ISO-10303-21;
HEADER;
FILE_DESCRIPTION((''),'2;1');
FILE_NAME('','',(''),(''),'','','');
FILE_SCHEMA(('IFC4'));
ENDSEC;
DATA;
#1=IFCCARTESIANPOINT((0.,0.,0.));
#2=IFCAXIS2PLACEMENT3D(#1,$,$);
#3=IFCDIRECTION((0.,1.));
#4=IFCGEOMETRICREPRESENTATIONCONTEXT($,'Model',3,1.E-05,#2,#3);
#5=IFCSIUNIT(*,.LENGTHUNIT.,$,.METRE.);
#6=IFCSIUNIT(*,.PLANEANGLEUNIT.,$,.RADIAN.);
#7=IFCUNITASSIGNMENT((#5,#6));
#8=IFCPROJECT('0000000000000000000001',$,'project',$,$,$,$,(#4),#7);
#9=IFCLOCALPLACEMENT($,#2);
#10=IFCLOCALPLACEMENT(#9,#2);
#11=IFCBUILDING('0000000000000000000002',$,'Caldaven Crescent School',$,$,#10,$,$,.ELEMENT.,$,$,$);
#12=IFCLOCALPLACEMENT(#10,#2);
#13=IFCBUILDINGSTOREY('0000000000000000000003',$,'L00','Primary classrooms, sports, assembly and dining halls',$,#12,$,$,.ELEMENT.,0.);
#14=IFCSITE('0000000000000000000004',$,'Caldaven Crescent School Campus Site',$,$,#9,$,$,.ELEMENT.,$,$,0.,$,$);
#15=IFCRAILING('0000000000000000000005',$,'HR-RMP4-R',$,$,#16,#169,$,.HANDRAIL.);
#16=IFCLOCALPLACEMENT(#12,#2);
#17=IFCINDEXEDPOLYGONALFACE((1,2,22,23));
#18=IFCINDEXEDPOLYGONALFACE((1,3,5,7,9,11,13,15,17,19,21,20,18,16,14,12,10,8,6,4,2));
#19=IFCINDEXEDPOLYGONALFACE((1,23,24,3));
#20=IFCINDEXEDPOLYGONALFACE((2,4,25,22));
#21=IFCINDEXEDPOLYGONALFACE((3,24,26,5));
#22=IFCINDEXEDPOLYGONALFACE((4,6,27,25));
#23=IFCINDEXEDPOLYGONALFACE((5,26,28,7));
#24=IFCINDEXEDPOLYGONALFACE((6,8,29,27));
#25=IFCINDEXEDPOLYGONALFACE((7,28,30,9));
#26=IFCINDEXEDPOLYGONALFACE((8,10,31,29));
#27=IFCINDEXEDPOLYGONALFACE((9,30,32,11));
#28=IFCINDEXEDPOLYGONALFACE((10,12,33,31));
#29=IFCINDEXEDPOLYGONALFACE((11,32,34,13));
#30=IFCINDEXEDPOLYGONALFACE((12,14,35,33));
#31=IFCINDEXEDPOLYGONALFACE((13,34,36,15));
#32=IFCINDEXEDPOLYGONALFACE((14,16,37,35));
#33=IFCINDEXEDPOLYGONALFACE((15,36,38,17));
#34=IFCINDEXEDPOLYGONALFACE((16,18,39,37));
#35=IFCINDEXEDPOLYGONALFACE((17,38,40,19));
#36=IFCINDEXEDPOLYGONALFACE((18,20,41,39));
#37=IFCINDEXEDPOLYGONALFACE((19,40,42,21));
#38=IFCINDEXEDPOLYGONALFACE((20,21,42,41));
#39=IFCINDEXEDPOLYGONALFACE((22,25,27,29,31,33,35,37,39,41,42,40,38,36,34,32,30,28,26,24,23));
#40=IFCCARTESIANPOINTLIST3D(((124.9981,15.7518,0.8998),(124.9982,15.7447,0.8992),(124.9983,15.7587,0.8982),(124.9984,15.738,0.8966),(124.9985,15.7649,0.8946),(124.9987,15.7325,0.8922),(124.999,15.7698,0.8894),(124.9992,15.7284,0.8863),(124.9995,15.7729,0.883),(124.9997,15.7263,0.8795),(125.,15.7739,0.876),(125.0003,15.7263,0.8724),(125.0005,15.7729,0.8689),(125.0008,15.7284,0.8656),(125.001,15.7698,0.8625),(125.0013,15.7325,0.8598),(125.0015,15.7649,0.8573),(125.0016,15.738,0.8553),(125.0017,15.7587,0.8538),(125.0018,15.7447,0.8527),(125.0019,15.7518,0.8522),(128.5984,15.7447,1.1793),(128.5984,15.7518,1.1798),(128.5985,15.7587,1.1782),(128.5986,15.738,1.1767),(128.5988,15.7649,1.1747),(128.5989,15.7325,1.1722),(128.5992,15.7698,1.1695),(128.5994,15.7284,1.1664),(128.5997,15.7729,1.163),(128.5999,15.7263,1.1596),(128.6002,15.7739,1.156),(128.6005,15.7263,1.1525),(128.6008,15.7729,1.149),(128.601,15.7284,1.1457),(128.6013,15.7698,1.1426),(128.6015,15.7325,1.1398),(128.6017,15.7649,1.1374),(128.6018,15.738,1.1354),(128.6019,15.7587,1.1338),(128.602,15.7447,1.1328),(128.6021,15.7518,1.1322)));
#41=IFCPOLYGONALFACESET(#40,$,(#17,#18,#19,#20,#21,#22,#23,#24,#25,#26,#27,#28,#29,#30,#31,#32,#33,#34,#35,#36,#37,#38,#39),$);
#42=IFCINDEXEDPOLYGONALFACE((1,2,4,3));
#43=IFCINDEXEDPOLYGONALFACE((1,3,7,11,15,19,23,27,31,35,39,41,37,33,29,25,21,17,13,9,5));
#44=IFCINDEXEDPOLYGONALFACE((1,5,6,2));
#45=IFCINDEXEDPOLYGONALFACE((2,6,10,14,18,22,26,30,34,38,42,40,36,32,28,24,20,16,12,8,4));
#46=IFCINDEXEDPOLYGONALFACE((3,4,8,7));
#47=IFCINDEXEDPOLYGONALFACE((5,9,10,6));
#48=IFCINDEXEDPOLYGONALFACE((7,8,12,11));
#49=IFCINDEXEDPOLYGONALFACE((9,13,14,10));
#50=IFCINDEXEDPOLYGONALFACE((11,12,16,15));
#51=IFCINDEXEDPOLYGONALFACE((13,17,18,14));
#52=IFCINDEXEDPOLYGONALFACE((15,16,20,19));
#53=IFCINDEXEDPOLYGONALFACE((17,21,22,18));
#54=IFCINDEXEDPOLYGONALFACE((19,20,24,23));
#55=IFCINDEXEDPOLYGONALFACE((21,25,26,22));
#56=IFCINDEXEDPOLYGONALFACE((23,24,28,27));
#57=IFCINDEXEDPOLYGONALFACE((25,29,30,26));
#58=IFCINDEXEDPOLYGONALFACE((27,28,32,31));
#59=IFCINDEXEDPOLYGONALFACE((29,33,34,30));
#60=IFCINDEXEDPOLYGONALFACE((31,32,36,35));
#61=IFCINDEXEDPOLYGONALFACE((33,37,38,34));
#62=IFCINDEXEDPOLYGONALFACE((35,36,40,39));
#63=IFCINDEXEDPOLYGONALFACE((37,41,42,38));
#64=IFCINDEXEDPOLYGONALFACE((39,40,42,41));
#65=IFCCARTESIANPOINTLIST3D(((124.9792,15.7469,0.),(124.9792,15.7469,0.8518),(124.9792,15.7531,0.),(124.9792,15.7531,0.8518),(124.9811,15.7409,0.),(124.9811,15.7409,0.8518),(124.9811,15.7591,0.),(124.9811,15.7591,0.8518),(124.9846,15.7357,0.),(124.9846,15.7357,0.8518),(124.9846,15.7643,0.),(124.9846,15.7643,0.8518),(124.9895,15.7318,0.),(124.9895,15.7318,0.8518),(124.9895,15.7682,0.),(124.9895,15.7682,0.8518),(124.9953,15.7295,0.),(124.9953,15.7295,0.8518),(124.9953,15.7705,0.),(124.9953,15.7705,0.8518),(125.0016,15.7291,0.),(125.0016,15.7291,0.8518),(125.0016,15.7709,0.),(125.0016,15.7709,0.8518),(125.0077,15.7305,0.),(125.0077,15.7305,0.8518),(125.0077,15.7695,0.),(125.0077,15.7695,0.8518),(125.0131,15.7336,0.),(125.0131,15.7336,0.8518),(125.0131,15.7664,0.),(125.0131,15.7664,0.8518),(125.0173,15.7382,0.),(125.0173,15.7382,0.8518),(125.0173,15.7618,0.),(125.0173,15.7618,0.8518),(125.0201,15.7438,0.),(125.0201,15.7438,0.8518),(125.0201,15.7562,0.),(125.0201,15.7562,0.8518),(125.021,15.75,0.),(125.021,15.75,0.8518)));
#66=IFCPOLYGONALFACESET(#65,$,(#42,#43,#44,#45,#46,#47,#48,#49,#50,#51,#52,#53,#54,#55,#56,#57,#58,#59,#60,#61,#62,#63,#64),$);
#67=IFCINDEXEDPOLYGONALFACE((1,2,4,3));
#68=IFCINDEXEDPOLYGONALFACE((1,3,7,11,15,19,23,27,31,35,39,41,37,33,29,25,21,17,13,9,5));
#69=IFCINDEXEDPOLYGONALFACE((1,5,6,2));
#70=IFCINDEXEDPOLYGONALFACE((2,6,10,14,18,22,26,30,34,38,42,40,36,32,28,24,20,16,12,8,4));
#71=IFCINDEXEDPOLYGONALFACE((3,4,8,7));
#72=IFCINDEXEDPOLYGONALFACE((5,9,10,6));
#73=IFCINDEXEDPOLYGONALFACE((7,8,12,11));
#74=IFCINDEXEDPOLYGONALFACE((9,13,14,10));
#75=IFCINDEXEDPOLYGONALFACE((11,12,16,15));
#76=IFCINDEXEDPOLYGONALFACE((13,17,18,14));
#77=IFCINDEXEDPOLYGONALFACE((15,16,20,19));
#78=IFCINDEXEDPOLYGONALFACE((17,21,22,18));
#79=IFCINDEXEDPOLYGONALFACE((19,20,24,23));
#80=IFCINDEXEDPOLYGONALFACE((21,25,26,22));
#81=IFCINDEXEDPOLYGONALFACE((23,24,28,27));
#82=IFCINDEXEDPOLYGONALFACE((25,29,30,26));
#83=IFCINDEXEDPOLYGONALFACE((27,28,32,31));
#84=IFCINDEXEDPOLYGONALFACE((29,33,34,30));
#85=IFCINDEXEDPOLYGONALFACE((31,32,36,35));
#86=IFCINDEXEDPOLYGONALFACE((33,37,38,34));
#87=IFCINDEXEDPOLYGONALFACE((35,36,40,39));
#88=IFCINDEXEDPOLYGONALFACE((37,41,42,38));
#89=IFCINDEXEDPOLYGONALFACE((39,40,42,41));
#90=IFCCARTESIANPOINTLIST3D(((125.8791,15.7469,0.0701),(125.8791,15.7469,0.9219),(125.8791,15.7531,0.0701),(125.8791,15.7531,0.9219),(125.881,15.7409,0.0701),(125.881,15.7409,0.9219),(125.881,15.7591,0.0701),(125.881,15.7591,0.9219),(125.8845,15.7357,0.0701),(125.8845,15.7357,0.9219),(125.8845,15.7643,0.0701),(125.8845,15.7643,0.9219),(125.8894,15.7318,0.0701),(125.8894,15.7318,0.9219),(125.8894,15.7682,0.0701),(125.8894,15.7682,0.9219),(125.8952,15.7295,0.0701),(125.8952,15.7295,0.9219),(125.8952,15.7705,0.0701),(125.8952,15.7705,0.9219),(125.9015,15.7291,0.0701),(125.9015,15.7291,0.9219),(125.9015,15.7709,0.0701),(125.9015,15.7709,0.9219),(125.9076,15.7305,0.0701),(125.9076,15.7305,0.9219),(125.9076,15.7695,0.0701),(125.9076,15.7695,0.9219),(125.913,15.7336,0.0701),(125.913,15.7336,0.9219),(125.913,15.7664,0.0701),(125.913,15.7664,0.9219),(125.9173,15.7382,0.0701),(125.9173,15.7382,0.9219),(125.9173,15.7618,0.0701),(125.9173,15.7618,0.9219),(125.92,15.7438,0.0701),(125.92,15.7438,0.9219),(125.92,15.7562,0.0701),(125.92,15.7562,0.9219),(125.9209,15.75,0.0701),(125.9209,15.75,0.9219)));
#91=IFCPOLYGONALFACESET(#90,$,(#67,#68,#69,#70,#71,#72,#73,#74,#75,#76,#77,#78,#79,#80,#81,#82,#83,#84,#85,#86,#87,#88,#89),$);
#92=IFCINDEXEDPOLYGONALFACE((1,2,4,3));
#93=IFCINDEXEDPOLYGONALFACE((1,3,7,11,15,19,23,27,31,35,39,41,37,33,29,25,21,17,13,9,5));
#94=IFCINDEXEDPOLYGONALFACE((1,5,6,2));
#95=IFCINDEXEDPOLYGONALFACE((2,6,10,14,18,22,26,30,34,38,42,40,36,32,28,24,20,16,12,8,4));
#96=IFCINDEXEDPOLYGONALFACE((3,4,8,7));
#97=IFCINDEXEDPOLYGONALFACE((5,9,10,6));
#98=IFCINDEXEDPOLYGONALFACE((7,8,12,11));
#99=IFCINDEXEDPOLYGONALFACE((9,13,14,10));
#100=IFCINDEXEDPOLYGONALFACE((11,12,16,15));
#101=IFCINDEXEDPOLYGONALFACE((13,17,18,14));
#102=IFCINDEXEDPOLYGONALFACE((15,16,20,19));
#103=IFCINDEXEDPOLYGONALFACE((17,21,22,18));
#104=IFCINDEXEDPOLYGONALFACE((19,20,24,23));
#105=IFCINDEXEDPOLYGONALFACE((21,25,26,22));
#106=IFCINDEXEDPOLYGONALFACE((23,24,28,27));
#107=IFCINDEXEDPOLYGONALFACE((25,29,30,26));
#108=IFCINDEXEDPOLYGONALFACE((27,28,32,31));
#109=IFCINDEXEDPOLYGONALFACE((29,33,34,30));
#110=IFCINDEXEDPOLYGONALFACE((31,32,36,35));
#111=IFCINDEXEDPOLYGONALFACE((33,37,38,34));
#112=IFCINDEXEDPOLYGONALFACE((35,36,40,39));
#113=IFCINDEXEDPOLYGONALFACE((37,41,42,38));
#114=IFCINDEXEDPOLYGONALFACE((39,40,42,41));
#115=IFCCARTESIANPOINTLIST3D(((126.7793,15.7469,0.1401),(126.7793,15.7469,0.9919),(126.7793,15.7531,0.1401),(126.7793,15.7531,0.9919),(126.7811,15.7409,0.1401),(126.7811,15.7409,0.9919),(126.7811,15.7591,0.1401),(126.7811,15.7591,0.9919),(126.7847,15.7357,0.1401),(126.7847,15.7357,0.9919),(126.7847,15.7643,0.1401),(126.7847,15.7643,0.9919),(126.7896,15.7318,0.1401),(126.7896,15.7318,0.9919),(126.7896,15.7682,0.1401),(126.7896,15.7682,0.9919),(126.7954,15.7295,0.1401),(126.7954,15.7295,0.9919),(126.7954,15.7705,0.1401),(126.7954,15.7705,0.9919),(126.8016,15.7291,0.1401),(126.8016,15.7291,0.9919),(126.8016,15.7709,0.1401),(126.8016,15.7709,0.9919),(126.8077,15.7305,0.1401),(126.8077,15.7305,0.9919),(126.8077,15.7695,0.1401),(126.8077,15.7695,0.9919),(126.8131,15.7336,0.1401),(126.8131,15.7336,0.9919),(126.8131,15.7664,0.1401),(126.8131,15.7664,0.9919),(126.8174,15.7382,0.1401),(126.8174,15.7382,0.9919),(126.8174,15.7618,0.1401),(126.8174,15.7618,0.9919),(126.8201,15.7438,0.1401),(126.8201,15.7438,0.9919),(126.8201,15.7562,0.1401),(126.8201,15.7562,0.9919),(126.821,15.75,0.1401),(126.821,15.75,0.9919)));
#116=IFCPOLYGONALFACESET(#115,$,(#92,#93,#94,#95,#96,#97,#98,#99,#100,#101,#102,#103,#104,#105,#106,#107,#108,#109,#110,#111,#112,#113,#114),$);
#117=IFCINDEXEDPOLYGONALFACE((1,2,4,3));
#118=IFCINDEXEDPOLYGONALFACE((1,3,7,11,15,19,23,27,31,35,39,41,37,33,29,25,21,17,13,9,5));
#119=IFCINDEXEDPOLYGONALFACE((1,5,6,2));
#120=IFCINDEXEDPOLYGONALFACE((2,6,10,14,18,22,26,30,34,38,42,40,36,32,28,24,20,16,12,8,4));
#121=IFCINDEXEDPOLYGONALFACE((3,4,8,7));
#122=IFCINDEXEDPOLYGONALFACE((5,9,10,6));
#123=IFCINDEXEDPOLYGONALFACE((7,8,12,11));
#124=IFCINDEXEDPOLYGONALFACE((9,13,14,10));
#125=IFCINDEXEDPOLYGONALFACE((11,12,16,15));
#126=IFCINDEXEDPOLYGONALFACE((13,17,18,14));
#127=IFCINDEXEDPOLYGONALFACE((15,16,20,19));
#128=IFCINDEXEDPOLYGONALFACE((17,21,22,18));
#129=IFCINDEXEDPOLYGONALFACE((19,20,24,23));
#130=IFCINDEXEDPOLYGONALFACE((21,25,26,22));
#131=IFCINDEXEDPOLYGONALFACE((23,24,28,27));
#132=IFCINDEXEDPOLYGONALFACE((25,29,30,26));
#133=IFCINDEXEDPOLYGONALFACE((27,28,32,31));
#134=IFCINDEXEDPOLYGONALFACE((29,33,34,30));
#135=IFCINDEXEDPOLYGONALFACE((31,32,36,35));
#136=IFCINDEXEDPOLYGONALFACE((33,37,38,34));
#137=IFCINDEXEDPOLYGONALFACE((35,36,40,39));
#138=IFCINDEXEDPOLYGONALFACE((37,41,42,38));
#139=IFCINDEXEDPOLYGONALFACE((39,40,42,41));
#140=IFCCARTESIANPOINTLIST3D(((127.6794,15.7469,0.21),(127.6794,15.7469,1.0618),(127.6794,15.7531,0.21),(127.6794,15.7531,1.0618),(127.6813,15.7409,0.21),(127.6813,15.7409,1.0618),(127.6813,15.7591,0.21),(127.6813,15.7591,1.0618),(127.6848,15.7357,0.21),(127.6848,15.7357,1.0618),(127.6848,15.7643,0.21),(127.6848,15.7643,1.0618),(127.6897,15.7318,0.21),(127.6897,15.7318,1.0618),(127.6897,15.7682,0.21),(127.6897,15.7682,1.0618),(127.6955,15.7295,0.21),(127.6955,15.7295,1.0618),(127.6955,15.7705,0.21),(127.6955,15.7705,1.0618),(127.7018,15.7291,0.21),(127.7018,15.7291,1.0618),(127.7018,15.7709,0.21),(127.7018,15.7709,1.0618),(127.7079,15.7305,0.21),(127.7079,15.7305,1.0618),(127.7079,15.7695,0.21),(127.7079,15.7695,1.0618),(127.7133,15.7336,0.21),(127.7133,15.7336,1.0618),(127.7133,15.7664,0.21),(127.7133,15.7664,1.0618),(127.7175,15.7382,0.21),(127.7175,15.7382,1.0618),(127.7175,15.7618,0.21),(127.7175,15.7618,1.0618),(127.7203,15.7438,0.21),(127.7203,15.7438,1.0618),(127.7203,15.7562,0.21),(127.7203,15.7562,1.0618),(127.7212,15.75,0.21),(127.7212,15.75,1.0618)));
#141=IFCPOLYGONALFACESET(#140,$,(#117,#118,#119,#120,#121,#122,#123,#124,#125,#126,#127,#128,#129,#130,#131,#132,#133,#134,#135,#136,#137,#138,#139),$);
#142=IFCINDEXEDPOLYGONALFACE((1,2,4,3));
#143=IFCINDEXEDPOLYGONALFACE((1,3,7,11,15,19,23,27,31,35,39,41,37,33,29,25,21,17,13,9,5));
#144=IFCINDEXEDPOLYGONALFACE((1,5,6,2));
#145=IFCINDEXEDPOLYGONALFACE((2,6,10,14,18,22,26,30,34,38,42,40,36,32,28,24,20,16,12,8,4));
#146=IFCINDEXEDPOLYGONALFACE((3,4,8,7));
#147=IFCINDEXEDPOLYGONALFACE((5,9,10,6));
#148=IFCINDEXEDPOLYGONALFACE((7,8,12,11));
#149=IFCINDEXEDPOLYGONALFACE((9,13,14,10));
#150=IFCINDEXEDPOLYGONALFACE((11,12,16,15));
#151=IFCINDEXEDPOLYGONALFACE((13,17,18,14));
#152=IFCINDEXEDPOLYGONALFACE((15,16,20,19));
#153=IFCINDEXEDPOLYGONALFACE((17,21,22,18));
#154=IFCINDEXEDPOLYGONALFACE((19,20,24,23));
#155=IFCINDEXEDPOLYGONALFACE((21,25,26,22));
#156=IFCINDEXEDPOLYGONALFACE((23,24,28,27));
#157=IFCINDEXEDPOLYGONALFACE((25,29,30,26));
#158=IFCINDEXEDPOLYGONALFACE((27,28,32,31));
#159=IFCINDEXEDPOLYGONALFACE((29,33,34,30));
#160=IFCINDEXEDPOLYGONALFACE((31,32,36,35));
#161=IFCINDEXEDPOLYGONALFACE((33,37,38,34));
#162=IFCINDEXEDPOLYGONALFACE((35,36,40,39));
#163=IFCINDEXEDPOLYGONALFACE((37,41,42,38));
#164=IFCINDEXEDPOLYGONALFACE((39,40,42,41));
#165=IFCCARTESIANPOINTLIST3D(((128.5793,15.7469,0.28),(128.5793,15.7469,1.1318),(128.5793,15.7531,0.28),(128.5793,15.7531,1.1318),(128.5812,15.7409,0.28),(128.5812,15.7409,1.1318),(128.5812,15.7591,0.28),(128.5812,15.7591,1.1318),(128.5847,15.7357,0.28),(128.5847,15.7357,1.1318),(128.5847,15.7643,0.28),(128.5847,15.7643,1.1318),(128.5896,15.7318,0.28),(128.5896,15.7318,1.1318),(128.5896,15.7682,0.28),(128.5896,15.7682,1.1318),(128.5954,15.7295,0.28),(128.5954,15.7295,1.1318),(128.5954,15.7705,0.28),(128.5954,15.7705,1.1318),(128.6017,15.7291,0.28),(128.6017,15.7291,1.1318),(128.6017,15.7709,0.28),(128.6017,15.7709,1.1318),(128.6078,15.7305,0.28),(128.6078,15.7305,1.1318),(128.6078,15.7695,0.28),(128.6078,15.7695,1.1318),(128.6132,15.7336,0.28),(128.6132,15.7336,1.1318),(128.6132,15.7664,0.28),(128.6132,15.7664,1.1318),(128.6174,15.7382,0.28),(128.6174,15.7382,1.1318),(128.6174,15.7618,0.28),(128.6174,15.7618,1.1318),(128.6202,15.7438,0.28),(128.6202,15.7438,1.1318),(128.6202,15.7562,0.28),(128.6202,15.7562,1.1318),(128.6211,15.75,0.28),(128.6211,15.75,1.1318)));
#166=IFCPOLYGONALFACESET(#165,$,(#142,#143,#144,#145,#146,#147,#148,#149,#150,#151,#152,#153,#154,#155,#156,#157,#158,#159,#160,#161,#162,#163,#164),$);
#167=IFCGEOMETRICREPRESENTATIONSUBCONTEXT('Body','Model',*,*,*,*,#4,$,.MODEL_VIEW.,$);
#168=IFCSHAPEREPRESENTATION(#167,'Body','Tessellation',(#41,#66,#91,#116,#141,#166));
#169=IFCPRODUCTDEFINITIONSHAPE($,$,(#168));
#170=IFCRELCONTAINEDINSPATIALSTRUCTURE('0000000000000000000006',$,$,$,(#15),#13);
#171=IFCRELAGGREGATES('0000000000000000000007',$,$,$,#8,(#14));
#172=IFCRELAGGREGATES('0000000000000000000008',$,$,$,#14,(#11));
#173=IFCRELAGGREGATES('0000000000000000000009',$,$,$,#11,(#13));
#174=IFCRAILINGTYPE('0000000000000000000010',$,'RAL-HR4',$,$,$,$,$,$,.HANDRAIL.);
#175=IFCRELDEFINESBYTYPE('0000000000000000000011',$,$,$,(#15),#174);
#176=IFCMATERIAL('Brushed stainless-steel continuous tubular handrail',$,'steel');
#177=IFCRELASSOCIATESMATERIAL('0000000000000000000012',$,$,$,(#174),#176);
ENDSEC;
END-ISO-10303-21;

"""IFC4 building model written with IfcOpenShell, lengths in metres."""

from ifc_helpers import new_model, si_unit, direction, frame, origin, origin_2d, place, context, subcontext, project, spatial, circle, extrude, material, type_object, element, save


model = new_model("IFC4")

# Units and contexts
model_context = context("Model", 3, precision=1e-05, world=origin(), true_north=direction((0.0, 1.0)))
body_context = subcontext(model_context, "Body", "Model", "MODEL_VIEW")
ifc_project = project(units=[si_unit("LENGTHUNIT", "METRE"), si_unit("PLANEANGLEUNIT", "RADIAN")], contexts=[model_context])

# Site, building, storey
site_placement = place(None, origin())
site = spatial("IfcSite", under=ifc_project, at=site_placement, Name="Caldaven Crescent School Campus Site", CompositionType="ELEMENT", RefElevation=0.0)
building_placement = place(site_placement, origin())
building = spatial("IfcBuilding", under=site, at=building_placement, Name="Caldaven Crescent School", CompositionType="ELEMENT")
storey_placement = place(building_placement, origin())
storey = spatial("IfcBuildingStorey", under=building, at=storey_placement, Name="L00", Description="Primary classrooms, sports, assembly and dining halls", CompositionType="ELEMENT", Elevation=0.0)

# Railing
ifc_material_1 = material(Name="Brushed stainless-steel continuous tubular handrail", Category="steel")
railing_type = type_object("IfcRailingType", Name="RAL-HR4", PredefinedType="HANDRAIL", material=ifc_material_1)
for number, where, name in (
    (1, (125.0, 15.75, 0.0), "HR-RMP4-R"),
):
    element("IfcRailing", number, at=place(storey_placement, frame(where)), inside=storey, type_object=railing_type, Name=name, PredefinedType="HANDRAIL", context=body_context, shape_type="SweptSolid", body=[
        extrude(circle(Radius=0.0239, at=origin_2d()), frame((0.0, 0.0, 0.876), z_axis=(0.996988, 0.0, 0.07755), x_axis=(0.0, 1.0, 0.0)), (0.0, 0.0, 1.0), 3.6111),
        extrude(circle(Radius=0.021, at=origin_2d()), origin(), (0.0, 0.0, 1.0), 0.8518),
        extrude(circle(Radius=0.021, at=origin_2d()), frame((0.8999, 0.0, 0.0701)), (0.0, 0.0, 1.0), 0.8518),
        extrude(circle(Radius=0.021, at=origin_2d()), frame((1.8, 0.0, 0.1401)), (0.0, 0.0, 1.0), 0.8518),
        extrude(circle(Radius=0.021, at=origin_2d()), frame((2.7002, 0.0, 0.21)), (0.0, 0.0, 1.0), 0.8518),
        extrude(circle(Radius=0.021, at=origin_2d()), frame((3.6001, 0.0, 0.28)), (0.0, 0.0, 1.0), 0.8518),
    ])

save(model, "model.ifc")
